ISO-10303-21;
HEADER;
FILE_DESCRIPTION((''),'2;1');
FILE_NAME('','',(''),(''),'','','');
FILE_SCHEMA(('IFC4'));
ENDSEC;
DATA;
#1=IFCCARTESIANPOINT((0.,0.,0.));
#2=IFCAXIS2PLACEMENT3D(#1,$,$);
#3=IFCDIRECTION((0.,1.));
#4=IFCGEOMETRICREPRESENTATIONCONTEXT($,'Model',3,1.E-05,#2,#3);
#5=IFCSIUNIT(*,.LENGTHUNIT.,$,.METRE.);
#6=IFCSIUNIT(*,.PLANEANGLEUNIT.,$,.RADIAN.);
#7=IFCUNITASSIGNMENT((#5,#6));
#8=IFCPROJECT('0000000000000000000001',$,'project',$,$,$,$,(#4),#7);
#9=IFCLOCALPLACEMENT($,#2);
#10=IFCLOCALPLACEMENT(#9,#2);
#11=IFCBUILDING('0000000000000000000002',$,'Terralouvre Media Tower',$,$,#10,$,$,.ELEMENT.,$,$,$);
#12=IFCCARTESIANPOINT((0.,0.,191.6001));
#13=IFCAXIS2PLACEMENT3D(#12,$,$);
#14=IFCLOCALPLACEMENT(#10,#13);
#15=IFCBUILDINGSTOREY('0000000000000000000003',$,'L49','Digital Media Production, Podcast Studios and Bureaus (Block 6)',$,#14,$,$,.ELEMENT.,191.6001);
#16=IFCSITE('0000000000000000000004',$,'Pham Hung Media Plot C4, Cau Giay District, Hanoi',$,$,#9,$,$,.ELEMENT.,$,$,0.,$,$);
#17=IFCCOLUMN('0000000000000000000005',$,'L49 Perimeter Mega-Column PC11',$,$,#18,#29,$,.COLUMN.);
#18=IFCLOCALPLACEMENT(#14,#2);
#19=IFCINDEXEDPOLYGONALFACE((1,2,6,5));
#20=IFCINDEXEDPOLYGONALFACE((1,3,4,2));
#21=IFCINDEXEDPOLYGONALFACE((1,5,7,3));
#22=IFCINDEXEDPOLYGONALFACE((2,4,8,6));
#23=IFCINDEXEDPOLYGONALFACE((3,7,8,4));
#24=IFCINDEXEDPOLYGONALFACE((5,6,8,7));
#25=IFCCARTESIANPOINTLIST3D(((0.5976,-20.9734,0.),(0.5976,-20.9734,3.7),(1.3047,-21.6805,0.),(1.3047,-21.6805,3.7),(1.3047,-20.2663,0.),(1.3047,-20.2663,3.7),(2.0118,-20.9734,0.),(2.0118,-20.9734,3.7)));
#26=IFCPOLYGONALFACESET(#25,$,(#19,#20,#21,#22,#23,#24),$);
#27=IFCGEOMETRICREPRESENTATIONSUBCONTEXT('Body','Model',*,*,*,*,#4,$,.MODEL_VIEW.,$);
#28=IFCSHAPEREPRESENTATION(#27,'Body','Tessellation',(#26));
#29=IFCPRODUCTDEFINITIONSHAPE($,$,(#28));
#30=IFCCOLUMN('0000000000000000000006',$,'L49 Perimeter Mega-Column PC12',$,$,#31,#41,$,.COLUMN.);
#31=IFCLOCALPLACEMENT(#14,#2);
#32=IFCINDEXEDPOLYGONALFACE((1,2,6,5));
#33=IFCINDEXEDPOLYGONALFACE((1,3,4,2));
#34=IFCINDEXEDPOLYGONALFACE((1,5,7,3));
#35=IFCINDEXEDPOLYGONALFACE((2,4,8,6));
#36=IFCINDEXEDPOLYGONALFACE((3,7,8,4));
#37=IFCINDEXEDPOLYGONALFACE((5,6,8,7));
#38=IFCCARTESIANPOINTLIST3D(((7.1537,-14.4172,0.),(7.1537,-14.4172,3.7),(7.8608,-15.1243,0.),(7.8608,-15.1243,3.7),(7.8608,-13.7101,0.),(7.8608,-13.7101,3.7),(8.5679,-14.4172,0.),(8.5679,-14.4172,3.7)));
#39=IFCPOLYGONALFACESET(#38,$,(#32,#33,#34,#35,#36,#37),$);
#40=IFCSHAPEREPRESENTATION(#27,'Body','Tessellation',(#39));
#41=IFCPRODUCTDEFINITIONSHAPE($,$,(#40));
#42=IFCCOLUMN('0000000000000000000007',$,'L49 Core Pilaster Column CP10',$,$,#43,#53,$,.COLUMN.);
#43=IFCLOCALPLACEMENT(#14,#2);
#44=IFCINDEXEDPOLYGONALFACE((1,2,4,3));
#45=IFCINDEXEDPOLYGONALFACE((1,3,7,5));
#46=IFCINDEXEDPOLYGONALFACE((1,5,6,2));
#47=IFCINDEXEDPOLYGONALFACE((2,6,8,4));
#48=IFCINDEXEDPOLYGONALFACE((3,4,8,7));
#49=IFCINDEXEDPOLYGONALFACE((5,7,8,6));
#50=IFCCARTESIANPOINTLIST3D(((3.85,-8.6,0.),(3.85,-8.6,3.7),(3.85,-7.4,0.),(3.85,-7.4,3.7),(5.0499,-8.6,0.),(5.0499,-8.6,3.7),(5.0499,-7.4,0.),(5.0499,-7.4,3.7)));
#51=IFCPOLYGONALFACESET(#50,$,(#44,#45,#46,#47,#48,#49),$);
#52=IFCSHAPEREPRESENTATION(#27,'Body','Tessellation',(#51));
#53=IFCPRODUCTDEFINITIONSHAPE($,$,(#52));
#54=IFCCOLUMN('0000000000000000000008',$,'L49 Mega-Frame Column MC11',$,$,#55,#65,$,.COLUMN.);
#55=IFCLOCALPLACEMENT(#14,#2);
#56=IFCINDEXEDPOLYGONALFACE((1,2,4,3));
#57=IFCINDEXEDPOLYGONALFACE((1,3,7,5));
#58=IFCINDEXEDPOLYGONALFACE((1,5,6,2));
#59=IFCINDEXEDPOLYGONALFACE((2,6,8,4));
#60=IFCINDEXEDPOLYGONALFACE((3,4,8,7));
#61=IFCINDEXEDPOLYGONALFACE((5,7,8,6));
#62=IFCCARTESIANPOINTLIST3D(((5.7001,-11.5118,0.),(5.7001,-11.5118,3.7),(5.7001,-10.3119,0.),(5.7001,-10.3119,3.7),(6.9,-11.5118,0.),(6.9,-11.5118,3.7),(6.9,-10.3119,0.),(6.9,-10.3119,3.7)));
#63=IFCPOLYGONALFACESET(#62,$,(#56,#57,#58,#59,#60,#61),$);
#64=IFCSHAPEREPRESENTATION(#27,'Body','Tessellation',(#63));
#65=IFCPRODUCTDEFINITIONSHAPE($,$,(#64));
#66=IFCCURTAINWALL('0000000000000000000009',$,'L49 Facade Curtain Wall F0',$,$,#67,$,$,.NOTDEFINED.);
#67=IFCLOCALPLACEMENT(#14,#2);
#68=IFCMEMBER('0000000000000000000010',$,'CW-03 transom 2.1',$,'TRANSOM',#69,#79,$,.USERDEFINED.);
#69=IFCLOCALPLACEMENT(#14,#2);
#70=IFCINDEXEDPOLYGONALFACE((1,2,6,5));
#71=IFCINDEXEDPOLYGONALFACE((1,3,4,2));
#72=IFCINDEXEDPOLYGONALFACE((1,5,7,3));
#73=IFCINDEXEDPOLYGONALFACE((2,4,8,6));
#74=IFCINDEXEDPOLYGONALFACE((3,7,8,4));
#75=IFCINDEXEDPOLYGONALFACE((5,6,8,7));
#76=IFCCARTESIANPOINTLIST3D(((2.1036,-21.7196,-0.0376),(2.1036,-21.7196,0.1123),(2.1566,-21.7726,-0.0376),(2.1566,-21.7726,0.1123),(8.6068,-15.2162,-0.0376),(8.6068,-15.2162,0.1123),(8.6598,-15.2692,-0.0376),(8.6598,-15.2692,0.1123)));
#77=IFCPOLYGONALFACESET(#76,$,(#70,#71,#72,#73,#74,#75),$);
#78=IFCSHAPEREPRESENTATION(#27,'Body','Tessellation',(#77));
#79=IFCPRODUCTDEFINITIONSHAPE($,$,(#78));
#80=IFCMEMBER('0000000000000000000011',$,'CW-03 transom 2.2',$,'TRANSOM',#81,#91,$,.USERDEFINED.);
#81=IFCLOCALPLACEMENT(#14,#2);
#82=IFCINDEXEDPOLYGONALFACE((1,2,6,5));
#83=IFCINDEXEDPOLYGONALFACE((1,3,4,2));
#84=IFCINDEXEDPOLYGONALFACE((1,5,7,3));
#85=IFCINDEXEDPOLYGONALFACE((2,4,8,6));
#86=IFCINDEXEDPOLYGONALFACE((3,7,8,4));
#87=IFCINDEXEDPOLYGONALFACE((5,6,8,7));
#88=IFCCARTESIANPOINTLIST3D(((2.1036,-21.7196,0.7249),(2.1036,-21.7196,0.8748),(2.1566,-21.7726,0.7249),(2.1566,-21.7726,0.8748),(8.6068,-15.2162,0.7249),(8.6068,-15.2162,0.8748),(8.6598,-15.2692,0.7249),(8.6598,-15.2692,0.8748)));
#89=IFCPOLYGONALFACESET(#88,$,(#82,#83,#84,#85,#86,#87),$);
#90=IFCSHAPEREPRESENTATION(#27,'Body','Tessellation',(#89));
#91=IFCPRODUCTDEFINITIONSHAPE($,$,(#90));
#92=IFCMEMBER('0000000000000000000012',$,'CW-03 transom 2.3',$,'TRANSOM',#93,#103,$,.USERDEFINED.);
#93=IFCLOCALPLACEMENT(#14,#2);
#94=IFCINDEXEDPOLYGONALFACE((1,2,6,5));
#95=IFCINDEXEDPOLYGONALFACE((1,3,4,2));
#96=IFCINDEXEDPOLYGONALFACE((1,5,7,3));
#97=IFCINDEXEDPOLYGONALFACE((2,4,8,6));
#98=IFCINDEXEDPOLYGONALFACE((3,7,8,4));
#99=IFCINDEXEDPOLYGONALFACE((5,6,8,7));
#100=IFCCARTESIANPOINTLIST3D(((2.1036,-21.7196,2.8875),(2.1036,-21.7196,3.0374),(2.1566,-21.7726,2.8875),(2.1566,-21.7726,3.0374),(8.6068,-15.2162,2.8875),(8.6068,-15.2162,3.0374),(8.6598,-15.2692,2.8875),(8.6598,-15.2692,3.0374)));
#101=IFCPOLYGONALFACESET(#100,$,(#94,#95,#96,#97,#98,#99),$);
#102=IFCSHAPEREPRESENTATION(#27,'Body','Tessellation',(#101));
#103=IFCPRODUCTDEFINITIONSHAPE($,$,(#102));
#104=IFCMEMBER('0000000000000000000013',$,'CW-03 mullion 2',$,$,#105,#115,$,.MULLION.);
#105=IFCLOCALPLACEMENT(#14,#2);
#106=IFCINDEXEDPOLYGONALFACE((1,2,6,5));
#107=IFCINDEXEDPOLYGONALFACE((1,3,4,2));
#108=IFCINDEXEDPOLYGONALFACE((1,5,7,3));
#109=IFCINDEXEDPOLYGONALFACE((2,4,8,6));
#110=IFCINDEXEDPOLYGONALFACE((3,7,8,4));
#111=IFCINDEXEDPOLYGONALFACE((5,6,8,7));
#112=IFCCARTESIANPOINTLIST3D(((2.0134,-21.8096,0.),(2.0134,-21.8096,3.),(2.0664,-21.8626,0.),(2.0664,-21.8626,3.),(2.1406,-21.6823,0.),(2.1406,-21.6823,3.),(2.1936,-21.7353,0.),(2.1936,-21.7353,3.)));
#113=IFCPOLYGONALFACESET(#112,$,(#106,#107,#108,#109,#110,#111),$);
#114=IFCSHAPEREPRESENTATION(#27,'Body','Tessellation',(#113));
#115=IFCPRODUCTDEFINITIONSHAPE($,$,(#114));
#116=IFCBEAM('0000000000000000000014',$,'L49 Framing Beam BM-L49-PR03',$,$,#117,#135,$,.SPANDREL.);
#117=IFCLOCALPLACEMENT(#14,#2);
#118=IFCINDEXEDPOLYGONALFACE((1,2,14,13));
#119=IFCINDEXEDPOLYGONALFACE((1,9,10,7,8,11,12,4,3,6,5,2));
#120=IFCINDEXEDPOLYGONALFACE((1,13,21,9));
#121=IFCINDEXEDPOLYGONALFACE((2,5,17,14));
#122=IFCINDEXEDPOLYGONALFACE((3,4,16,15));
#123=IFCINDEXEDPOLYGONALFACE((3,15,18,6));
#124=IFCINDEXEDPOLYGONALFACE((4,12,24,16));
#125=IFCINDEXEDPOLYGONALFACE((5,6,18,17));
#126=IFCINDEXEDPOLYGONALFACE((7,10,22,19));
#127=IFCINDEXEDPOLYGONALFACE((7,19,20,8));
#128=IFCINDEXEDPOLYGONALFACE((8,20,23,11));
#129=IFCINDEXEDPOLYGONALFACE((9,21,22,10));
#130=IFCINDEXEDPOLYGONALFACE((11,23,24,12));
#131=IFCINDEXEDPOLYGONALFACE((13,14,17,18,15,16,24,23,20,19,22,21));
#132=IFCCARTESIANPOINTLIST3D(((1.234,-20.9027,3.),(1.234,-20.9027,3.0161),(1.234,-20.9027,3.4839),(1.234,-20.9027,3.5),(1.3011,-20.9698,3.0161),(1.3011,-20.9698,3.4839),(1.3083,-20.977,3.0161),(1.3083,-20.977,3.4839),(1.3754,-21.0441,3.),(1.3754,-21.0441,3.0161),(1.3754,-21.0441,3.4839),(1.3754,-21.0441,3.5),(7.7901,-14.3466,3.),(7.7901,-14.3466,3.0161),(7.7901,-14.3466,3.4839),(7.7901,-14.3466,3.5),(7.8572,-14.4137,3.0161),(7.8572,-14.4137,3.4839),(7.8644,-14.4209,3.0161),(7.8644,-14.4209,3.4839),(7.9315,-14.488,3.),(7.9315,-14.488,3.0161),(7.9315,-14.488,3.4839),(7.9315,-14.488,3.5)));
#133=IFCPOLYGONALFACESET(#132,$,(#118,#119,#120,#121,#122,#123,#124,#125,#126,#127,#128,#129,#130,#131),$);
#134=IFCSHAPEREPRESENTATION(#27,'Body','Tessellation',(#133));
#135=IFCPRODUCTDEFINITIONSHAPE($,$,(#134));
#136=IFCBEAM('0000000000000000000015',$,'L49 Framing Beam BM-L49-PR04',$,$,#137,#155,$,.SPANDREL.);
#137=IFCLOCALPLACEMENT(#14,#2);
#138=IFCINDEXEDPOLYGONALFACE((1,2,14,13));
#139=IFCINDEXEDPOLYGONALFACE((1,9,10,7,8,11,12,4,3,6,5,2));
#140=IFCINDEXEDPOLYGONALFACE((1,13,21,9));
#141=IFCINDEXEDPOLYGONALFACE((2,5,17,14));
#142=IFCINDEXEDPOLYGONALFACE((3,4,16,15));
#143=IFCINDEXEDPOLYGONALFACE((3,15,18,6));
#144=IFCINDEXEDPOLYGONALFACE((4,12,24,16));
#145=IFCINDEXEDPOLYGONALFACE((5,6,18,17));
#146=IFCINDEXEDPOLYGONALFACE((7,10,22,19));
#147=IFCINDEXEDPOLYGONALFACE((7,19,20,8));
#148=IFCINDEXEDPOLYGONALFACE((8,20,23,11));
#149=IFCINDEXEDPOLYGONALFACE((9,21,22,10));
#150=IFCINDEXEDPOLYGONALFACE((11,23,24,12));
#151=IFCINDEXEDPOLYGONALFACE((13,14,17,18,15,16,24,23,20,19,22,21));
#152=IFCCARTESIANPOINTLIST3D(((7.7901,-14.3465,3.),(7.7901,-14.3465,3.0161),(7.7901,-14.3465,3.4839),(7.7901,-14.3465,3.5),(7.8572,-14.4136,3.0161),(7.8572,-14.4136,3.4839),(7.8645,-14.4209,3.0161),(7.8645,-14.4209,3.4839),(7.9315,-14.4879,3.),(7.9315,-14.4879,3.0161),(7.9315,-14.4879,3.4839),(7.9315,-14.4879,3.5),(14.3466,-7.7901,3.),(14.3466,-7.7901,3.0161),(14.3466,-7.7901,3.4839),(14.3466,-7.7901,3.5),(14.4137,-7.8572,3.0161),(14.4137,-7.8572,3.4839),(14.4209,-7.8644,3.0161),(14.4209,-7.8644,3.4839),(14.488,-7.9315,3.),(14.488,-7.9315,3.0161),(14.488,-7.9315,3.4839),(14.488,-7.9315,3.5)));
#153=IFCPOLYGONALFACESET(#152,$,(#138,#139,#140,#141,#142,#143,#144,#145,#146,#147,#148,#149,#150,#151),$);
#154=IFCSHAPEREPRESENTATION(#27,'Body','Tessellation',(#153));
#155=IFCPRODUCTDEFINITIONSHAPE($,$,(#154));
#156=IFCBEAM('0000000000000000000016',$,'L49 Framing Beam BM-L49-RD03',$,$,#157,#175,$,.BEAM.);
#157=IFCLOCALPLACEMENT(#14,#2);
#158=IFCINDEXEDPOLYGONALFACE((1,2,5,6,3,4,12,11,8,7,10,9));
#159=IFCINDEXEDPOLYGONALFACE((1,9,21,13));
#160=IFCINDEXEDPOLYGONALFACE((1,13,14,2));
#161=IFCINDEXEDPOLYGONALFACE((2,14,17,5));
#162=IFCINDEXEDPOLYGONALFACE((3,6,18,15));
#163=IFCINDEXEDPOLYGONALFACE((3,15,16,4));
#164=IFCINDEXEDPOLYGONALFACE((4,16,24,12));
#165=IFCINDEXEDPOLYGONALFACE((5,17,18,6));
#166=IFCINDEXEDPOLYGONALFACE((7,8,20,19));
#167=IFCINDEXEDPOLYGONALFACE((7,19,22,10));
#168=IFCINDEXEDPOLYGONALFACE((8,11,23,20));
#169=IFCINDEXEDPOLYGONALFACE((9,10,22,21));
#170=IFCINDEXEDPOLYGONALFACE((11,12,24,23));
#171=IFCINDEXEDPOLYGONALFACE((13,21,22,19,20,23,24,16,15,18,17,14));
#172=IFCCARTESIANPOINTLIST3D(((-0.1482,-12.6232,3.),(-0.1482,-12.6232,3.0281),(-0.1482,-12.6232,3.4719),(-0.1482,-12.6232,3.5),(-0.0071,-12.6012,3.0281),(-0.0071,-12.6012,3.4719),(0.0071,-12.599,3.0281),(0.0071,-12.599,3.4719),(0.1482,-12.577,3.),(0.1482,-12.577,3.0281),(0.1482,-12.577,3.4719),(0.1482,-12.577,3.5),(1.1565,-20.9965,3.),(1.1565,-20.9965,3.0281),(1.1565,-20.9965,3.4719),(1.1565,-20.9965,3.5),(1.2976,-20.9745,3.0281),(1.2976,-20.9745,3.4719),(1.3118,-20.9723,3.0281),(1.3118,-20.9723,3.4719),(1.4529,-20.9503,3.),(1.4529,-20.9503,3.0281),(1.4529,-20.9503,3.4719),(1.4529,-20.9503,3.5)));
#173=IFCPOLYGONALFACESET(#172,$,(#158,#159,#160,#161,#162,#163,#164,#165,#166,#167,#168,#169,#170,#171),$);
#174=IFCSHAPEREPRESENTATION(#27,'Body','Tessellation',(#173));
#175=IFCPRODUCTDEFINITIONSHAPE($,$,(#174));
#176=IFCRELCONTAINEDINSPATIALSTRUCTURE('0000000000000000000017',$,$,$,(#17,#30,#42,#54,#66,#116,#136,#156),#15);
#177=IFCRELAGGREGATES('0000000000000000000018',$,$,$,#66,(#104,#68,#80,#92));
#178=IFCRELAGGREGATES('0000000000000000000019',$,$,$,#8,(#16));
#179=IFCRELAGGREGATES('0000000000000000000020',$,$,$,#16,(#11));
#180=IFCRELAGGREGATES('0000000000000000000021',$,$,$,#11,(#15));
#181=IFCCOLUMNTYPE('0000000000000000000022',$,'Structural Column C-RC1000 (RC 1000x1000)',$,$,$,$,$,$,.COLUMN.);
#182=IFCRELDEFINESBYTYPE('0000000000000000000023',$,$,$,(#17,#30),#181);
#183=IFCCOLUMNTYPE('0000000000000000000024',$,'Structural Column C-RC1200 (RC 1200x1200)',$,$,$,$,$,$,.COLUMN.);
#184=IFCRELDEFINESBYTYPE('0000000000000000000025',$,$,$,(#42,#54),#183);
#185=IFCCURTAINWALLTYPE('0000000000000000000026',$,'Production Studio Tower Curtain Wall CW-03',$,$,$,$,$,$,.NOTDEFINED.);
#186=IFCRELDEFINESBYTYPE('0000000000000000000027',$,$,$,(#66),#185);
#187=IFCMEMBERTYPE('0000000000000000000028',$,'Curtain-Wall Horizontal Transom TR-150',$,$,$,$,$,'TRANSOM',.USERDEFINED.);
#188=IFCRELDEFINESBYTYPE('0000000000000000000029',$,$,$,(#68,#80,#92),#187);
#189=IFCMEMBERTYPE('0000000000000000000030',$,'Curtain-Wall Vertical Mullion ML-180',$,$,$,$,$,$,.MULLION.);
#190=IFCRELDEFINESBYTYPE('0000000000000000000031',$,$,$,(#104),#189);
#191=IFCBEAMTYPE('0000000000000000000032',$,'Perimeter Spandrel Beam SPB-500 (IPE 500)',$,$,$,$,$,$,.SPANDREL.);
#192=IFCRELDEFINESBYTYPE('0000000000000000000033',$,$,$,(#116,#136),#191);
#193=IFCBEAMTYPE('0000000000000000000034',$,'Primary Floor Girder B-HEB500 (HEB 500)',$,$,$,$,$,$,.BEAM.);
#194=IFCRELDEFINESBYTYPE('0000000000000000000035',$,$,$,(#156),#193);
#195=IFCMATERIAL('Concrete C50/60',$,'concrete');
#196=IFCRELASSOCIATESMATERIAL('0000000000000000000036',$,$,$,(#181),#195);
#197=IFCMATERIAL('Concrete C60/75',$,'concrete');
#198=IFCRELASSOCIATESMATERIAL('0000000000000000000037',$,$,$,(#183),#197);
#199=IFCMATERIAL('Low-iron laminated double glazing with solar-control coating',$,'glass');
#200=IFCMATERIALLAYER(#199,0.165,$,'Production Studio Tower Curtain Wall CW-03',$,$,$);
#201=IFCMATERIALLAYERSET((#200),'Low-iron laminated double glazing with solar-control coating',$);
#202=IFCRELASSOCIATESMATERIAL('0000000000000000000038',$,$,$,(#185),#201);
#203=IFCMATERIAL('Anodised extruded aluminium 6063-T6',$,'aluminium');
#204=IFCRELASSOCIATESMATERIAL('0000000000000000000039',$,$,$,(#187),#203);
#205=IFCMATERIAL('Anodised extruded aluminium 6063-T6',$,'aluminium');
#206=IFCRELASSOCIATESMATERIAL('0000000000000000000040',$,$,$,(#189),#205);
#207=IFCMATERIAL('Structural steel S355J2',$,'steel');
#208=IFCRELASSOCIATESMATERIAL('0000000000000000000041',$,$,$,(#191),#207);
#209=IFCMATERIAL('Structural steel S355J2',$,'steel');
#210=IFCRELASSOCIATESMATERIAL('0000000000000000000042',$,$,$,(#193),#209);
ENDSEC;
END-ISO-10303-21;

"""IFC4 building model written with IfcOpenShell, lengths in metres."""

from ifc_helpers import new_model, si_unit, direction, frame, origin, origin_2d, place, context, subcontext, project, spatial, rectangle, i_section, extrude, material, layer, layer_set, material_profile, profile_set, type_object, element, aggregate, save


model = new_model("IFC4")

# Units and contexts
model_context = context("Model", 3, precision=1e-05, world=origin(), true_north=direction((0.0, 1.0)))
body_context = subcontext(model_context, "Body", "Model", "MODEL_VIEW")
ifc_project = project(units=[si_unit("LENGTHUNIT", "METRE"), si_unit("PLANEANGLEUNIT", "RADIAN")], contexts=[model_context])

# Site, building, storey
site_placement = place(None, origin())
site = spatial("IfcSite", under=ifc_project, at=site_placement, Name="Pham Hung Media Plot C4, Cau Giay District, Hanoi", CompositionType="ELEMENT", RefElevation=0.0)
building_placement = place(site_placement, origin())
building = spatial("IfcBuilding", under=site, at=building_placement, Name="Terralouvre Media Tower", CompositionType="ELEMENT")
storey_placement = place(building_placement, frame((0.0, 0.0, 191.6001)))
storey = spatial("IfcBuildingStorey", under=building, at=storey_placement, Name="L49", Description="Digital Media Production, Podcast Studios and Bureaus (Block 6)", CompositionType="ELEMENT", Elevation=191.6001)

# Columns
ifc_material_1 = material(Name="Concrete C50/60", Category="concrete")
ifc_material_profile_1 = material_profile(ifc_material_1, rectangle(XDim=1.0, YDim=1.0, at=origin_2d()), Name="RC 1000x1000")
ifc_profile_set_1 = profile_set([ifc_material_profile_1], Name="Concrete C50/60")
column_type_1 = type_object("IfcColumnType", Name="Structural Column C-RC1000 (RC 1000x1000)", PredefinedType="COLUMN", material=ifc_profile_set_1)
for number, where, z_axis, x_axis, name in (
    (1, (1.3047, -20.9734, 0.0), (0.0, 0.0, 1.0), (0.707107, 0.707107, 0.0), "L49 Perimeter Mega-Column PC11"),
    (2, (7.8608, -14.4172, 0.0), (0.0, 0.0, 1.0), (0.707107, 0.707107, 0.0), "L49 Perimeter Mega-Column PC12"),
):
    element("IfcColumn", number, at=place(storey_placement, frame(where, z_axis=z_axis, x_axis=x_axis)), inside=storey, type_object=column_type_1, Name=name, PredefinedType="COLUMN", context=body_context, shape_type="SweptSolid", body=[
        extrude(rectangle(XDim=1.0, YDim=1.0, at=origin_2d()), origin(), (0.0, 0.0, 1.0), 3.7),
    ])
ifc_material_2 = material(Name="Concrete C60/75", Category="concrete")
ifc_material_profile_2 = material_profile(ifc_material_2, rectangle(XDim=1.2, YDim=1.2, at=origin_2d()), Name="RC 1200x1200")
ifc_profile_set_2 = profile_set([ifc_material_profile_2], Name="Concrete C60/75")
column_type_2 = type_object("IfcColumnType", Name="Structural Column C-RC1200 (RC 1200x1200)", PredefinedType="COLUMN", material=ifc_profile_set_2)
for number, where, z_axis, x_axis, name in (
    (3, (4.45, -8.0, 0.0), (0.0, 0.0, 1.0), (1.0, 0.0, 0.0), "L49 Core Pilaster Column CP10"),
    (4, (6.3, -10.9119, 0.0), (0.0, 0.0, 1.0), (1.0, 0.0, 0.0), "L49 Mega-Frame Column MC11"),
):
    element("IfcColumn", number, at=place(storey_placement, frame(where, z_axis=z_axis, x_axis=x_axis)), inside=storey, type_object=column_type_2, Name=name, PredefinedType="COLUMN", context=body_context, shape_type="SweptSolid", body=[
        extrude(rectangle(XDim=1.2, YDim=1.2, at=origin_2d()), origin(), (0.0, 0.0, 1.0), 3.7),
    ])

# Curtain wall, members
ifc_material_3 = material(Name="Low-iron laminated double glazing with solar-control coating", Category="glass")
ifc_layer_1 = layer(ifc_material_3, 0.165, Name="Production Studio Tower Curtain Wall CW-03")
ifc_layer_set_1 = layer_set([ifc_layer_1], Name="Low-iron laminated double glazing with solar-control coating")
curtain_wall_type = type_object("IfcCurtainWallType", Name="Production Studio Tower Curtain Wall CW-03", PredefinedType="NOTDEFINED", material=ifc_layer_set_1)
curtain_wall_placement = place(storey_placement, origin())
curtain_wall = element("IfcCurtainWall", 5, at=curtain_wall_placement, inside=storey, type_object=curtain_wall_type, Name="L49 Facade Curtain Wall F0", PredefinedType="NOTDEFINED")
ifc_material_4 = material(Name="Anodised extruded aluminium 6063-T6", Category="aluminium")
ifc_material_profile_3 = material_profile(ifc_material_4, rectangle(XDim=0.075, YDim=0.1499, at=origin_2d()), Name="ALU 75x150")
ifc_profile_set_3 = profile_set([ifc_material_profile_3], Name="Anodised extruded aluminium 6063-T6")
member_type_1 = type_object("IfcMemberType", Name="Curtain-Wall Horizontal Transom TR-150", ElementType="TRANSOM", PredefinedType="USERDEFINED", material=ifc_profile_set_3)
member_1_placement = place(storey_placement, frame((2.1301, -21.7461, 0.0374), z_axis=(0.707094, 0.70712, 0.0), x_axis=(-0.70712, 0.707094, 0.0)))
member_1 = element("IfcMember", 6, at=member_1_placement, type_object=member_type_1, Name="CW-03 transom 2.1", ObjectType="TRANSOM", PredefinedType="USERDEFINED", context=body_context, shape_type="SweptSolid", body=[
    extrude(rectangle(XDim=0.075, YDim=0.1499, at=origin_2d()), origin(), (0.0, 0.0, 1.0), 9.197),
])
member_2_placement = place(storey_placement, frame((2.1301, -21.7461, 0.7998), z_axis=(0.707094, 0.70712, 0.0), x_axis=(-0.70712, 0.707094, 0.0)))
member_2 = element("IfcMember", 7, at=member_2_placement, type_object=member_type_1, Name="CW-03 transom 2.2", ObjectType="TRANSOM", PredefinedType="USERDEFINED", context=body_context, shape_type="SweptSolid", body=[
    extrude(rectangle(XDim=0.075, YDim=0.1499, at=origin_2d()), origin(), (0.0, 0.0, 1.0), 9.197),
])
member_3_placement = place(storey_placement, frame((2.1301, -21.7461, 2.9624), z_axis=(0.707094, 0.70712, 0.0), x_axis=(-0.70712, 0.707094, 0.0)))
member_3 = element("IfcMember", 8, at=member_3_placement, type_object=member_type_1, Name="CW-03 transom 2.3", ObjectType="TRANSOM", PredefinedType="USERDEFINED", context=body_context, shape_type="SweptSolid", body=[
    extrude(rectangle(XDim=0.075, YDim=0.1499, at=origin_2d()), origin(), (0.0, 0.0, 1.0), 9.197),
])
ifc_material_5 = material(Name="Anodised extruded aluminium 6063-T6", Category="aluminium")
ifc_material_profile_4 = material_profile(ifc_material_5, rectangle(XDim=0.075, YDim=0.1799, at=origin_2d()), Name="ALU 75x180")
ifc_profile_set_4 = profile_set([ifc_material_profile_4], Name="Anodised extruded aluminium 6063-T6")
member_type_2 = type_object("IfcMemberType", Name="Curtain-Wall Vertical Mullion ML-180", PredefinedType="MULLION", material=ifc_profile_set_4)
member_4_placement = place(storey_placement, frame((2.1035, -21.7725, 0.0), z_axis=(0.0, 0.0, 1.0), x_axis=(-0.707107, 0.707107, 0.0)))
member_4 = element("IfcMember", 9, at=member_4_placement, type_object=member_type_2, Name="CW-03 mullion 2", PredefinedType="MULLION", context=body_context, shape_type="SweptSolid", body=[
    extrude(rectangle(XDim=0.075, YDim=0.1799, at=origin_2d()), origin(), (0.0, 0.0, 1.0), 3.0),
])

# Beams
ifc_material_6 = material(Name="Structural steel S355J2", Category="steel")
ifc_material_profile_5 = material_profile(ifc_material_6, i_section(OverallWidth=0.2, OverallDepth=0.5, WebThickness=0.0103, FlangeThickness=0.0161, at=origin_2d()), Name="IPE 500")
ifc_profile_set_5 = profile_set([ifc_material_profile_5], Name="Structural steel S355J2")
beam_type_1 = type_object("IfcBeamType", Name="Perimeter Spandrel Beam SPB-500 (IPE 500)", PredefinedType="SPANDREL", material=ifc_profile_set_5)
beam_1_placement = place(storey_placement, frame((1.3047, -20.9734, 3.25), z_axis=(0.707107, 0.707107, 0.0), x_axis=(-0.707107, 0.707107, 0.0)))
element("IfcBeam", 10, at=beam_1_placement, inside=storey, type_object=beam_type_1, Name="L49 Framing Beam BM-L49-PR03", PredefinedType="SPANDREL", context=body_context, shape_type="SweptSolid", body=[
    extrude(i_section(OverallWidth=0.2, OverallDepth=0.5, WebThickness=0.0103, FlangeThickness=0.0161, at=origin_2d()), origin(), (0.0, 0.0, 1.0), 9.2717),
])
beam_2_placement = place(storey_placement, frame((7.8608, -14.4172, 3.25), z_axis=(0.707107, 0.707107, 0.0), x_axis=(-0.707107, 0.707107, 0.0)))
element("IfcBeam", 11, at=beam_2_placement, inside=storey, type_object=beam_type_1, Name="L49 Framing Beam BM-L49-PR04", PredefinedType="SPANDREL", context=body_context, shape_type="SweptSolid", body=[
    extrude(i_section(OverallWidth=0.2, OverallDepth=0.5, WebThickness=0.0103, FlangeThickness=0.0161, at=origin_2d()), origin(), (0.0, 0.0, 1.0), 9.2722),
])
ifc_material_7 = material(Name="Structural steel S355J2", Category="steel")
ifc_material_profile_6 = material_profile(ifc_material_7, i_section(OverallWidth=0.3, OverallDepth=0.5, WebThickness=0.0144, FlangeThickness=0.0281, at=origin_2d()), Name="HEB 500")
ifc_profile_set_6 = profile_set([ifc_material_profile_6], Name="Structural steel S355J2")
beam_type_2 = type_object("IfcBeamType", Name="Primary Floor Girder B-HEB500 (HEB 500)", PredefinedType="BEAM", material=ifc_profile_set_6)
beam_3_placement = place(storey_placement, frame((0.0, -12.6001, 3.25), z_axis=(0.153958, -0.988077, 0.0), x_axis=(0.988077, 0.153958, 0.0)))
element("IfcBeam", 12, at=beam_3_placement, inside=storey, type_object=beam_type_2, Name="L49 Framing Beam BM-L49-RD03", PredefinedType="BEAM", context=body_context, shape_type="SweptSolid", body=[
    extrude(i_section(OverallWidth=0.3, OverallDepth=0.5, WebThickness=0.0144, FlangeThickness=0.0281, at=origin_2d()), origin(), (0.0, 0.0, 1.0), 8.4744),
])

aggregate(curtain_wall, [member_4, member_1, member_2, member_3])

save(model, "model.ifc")
